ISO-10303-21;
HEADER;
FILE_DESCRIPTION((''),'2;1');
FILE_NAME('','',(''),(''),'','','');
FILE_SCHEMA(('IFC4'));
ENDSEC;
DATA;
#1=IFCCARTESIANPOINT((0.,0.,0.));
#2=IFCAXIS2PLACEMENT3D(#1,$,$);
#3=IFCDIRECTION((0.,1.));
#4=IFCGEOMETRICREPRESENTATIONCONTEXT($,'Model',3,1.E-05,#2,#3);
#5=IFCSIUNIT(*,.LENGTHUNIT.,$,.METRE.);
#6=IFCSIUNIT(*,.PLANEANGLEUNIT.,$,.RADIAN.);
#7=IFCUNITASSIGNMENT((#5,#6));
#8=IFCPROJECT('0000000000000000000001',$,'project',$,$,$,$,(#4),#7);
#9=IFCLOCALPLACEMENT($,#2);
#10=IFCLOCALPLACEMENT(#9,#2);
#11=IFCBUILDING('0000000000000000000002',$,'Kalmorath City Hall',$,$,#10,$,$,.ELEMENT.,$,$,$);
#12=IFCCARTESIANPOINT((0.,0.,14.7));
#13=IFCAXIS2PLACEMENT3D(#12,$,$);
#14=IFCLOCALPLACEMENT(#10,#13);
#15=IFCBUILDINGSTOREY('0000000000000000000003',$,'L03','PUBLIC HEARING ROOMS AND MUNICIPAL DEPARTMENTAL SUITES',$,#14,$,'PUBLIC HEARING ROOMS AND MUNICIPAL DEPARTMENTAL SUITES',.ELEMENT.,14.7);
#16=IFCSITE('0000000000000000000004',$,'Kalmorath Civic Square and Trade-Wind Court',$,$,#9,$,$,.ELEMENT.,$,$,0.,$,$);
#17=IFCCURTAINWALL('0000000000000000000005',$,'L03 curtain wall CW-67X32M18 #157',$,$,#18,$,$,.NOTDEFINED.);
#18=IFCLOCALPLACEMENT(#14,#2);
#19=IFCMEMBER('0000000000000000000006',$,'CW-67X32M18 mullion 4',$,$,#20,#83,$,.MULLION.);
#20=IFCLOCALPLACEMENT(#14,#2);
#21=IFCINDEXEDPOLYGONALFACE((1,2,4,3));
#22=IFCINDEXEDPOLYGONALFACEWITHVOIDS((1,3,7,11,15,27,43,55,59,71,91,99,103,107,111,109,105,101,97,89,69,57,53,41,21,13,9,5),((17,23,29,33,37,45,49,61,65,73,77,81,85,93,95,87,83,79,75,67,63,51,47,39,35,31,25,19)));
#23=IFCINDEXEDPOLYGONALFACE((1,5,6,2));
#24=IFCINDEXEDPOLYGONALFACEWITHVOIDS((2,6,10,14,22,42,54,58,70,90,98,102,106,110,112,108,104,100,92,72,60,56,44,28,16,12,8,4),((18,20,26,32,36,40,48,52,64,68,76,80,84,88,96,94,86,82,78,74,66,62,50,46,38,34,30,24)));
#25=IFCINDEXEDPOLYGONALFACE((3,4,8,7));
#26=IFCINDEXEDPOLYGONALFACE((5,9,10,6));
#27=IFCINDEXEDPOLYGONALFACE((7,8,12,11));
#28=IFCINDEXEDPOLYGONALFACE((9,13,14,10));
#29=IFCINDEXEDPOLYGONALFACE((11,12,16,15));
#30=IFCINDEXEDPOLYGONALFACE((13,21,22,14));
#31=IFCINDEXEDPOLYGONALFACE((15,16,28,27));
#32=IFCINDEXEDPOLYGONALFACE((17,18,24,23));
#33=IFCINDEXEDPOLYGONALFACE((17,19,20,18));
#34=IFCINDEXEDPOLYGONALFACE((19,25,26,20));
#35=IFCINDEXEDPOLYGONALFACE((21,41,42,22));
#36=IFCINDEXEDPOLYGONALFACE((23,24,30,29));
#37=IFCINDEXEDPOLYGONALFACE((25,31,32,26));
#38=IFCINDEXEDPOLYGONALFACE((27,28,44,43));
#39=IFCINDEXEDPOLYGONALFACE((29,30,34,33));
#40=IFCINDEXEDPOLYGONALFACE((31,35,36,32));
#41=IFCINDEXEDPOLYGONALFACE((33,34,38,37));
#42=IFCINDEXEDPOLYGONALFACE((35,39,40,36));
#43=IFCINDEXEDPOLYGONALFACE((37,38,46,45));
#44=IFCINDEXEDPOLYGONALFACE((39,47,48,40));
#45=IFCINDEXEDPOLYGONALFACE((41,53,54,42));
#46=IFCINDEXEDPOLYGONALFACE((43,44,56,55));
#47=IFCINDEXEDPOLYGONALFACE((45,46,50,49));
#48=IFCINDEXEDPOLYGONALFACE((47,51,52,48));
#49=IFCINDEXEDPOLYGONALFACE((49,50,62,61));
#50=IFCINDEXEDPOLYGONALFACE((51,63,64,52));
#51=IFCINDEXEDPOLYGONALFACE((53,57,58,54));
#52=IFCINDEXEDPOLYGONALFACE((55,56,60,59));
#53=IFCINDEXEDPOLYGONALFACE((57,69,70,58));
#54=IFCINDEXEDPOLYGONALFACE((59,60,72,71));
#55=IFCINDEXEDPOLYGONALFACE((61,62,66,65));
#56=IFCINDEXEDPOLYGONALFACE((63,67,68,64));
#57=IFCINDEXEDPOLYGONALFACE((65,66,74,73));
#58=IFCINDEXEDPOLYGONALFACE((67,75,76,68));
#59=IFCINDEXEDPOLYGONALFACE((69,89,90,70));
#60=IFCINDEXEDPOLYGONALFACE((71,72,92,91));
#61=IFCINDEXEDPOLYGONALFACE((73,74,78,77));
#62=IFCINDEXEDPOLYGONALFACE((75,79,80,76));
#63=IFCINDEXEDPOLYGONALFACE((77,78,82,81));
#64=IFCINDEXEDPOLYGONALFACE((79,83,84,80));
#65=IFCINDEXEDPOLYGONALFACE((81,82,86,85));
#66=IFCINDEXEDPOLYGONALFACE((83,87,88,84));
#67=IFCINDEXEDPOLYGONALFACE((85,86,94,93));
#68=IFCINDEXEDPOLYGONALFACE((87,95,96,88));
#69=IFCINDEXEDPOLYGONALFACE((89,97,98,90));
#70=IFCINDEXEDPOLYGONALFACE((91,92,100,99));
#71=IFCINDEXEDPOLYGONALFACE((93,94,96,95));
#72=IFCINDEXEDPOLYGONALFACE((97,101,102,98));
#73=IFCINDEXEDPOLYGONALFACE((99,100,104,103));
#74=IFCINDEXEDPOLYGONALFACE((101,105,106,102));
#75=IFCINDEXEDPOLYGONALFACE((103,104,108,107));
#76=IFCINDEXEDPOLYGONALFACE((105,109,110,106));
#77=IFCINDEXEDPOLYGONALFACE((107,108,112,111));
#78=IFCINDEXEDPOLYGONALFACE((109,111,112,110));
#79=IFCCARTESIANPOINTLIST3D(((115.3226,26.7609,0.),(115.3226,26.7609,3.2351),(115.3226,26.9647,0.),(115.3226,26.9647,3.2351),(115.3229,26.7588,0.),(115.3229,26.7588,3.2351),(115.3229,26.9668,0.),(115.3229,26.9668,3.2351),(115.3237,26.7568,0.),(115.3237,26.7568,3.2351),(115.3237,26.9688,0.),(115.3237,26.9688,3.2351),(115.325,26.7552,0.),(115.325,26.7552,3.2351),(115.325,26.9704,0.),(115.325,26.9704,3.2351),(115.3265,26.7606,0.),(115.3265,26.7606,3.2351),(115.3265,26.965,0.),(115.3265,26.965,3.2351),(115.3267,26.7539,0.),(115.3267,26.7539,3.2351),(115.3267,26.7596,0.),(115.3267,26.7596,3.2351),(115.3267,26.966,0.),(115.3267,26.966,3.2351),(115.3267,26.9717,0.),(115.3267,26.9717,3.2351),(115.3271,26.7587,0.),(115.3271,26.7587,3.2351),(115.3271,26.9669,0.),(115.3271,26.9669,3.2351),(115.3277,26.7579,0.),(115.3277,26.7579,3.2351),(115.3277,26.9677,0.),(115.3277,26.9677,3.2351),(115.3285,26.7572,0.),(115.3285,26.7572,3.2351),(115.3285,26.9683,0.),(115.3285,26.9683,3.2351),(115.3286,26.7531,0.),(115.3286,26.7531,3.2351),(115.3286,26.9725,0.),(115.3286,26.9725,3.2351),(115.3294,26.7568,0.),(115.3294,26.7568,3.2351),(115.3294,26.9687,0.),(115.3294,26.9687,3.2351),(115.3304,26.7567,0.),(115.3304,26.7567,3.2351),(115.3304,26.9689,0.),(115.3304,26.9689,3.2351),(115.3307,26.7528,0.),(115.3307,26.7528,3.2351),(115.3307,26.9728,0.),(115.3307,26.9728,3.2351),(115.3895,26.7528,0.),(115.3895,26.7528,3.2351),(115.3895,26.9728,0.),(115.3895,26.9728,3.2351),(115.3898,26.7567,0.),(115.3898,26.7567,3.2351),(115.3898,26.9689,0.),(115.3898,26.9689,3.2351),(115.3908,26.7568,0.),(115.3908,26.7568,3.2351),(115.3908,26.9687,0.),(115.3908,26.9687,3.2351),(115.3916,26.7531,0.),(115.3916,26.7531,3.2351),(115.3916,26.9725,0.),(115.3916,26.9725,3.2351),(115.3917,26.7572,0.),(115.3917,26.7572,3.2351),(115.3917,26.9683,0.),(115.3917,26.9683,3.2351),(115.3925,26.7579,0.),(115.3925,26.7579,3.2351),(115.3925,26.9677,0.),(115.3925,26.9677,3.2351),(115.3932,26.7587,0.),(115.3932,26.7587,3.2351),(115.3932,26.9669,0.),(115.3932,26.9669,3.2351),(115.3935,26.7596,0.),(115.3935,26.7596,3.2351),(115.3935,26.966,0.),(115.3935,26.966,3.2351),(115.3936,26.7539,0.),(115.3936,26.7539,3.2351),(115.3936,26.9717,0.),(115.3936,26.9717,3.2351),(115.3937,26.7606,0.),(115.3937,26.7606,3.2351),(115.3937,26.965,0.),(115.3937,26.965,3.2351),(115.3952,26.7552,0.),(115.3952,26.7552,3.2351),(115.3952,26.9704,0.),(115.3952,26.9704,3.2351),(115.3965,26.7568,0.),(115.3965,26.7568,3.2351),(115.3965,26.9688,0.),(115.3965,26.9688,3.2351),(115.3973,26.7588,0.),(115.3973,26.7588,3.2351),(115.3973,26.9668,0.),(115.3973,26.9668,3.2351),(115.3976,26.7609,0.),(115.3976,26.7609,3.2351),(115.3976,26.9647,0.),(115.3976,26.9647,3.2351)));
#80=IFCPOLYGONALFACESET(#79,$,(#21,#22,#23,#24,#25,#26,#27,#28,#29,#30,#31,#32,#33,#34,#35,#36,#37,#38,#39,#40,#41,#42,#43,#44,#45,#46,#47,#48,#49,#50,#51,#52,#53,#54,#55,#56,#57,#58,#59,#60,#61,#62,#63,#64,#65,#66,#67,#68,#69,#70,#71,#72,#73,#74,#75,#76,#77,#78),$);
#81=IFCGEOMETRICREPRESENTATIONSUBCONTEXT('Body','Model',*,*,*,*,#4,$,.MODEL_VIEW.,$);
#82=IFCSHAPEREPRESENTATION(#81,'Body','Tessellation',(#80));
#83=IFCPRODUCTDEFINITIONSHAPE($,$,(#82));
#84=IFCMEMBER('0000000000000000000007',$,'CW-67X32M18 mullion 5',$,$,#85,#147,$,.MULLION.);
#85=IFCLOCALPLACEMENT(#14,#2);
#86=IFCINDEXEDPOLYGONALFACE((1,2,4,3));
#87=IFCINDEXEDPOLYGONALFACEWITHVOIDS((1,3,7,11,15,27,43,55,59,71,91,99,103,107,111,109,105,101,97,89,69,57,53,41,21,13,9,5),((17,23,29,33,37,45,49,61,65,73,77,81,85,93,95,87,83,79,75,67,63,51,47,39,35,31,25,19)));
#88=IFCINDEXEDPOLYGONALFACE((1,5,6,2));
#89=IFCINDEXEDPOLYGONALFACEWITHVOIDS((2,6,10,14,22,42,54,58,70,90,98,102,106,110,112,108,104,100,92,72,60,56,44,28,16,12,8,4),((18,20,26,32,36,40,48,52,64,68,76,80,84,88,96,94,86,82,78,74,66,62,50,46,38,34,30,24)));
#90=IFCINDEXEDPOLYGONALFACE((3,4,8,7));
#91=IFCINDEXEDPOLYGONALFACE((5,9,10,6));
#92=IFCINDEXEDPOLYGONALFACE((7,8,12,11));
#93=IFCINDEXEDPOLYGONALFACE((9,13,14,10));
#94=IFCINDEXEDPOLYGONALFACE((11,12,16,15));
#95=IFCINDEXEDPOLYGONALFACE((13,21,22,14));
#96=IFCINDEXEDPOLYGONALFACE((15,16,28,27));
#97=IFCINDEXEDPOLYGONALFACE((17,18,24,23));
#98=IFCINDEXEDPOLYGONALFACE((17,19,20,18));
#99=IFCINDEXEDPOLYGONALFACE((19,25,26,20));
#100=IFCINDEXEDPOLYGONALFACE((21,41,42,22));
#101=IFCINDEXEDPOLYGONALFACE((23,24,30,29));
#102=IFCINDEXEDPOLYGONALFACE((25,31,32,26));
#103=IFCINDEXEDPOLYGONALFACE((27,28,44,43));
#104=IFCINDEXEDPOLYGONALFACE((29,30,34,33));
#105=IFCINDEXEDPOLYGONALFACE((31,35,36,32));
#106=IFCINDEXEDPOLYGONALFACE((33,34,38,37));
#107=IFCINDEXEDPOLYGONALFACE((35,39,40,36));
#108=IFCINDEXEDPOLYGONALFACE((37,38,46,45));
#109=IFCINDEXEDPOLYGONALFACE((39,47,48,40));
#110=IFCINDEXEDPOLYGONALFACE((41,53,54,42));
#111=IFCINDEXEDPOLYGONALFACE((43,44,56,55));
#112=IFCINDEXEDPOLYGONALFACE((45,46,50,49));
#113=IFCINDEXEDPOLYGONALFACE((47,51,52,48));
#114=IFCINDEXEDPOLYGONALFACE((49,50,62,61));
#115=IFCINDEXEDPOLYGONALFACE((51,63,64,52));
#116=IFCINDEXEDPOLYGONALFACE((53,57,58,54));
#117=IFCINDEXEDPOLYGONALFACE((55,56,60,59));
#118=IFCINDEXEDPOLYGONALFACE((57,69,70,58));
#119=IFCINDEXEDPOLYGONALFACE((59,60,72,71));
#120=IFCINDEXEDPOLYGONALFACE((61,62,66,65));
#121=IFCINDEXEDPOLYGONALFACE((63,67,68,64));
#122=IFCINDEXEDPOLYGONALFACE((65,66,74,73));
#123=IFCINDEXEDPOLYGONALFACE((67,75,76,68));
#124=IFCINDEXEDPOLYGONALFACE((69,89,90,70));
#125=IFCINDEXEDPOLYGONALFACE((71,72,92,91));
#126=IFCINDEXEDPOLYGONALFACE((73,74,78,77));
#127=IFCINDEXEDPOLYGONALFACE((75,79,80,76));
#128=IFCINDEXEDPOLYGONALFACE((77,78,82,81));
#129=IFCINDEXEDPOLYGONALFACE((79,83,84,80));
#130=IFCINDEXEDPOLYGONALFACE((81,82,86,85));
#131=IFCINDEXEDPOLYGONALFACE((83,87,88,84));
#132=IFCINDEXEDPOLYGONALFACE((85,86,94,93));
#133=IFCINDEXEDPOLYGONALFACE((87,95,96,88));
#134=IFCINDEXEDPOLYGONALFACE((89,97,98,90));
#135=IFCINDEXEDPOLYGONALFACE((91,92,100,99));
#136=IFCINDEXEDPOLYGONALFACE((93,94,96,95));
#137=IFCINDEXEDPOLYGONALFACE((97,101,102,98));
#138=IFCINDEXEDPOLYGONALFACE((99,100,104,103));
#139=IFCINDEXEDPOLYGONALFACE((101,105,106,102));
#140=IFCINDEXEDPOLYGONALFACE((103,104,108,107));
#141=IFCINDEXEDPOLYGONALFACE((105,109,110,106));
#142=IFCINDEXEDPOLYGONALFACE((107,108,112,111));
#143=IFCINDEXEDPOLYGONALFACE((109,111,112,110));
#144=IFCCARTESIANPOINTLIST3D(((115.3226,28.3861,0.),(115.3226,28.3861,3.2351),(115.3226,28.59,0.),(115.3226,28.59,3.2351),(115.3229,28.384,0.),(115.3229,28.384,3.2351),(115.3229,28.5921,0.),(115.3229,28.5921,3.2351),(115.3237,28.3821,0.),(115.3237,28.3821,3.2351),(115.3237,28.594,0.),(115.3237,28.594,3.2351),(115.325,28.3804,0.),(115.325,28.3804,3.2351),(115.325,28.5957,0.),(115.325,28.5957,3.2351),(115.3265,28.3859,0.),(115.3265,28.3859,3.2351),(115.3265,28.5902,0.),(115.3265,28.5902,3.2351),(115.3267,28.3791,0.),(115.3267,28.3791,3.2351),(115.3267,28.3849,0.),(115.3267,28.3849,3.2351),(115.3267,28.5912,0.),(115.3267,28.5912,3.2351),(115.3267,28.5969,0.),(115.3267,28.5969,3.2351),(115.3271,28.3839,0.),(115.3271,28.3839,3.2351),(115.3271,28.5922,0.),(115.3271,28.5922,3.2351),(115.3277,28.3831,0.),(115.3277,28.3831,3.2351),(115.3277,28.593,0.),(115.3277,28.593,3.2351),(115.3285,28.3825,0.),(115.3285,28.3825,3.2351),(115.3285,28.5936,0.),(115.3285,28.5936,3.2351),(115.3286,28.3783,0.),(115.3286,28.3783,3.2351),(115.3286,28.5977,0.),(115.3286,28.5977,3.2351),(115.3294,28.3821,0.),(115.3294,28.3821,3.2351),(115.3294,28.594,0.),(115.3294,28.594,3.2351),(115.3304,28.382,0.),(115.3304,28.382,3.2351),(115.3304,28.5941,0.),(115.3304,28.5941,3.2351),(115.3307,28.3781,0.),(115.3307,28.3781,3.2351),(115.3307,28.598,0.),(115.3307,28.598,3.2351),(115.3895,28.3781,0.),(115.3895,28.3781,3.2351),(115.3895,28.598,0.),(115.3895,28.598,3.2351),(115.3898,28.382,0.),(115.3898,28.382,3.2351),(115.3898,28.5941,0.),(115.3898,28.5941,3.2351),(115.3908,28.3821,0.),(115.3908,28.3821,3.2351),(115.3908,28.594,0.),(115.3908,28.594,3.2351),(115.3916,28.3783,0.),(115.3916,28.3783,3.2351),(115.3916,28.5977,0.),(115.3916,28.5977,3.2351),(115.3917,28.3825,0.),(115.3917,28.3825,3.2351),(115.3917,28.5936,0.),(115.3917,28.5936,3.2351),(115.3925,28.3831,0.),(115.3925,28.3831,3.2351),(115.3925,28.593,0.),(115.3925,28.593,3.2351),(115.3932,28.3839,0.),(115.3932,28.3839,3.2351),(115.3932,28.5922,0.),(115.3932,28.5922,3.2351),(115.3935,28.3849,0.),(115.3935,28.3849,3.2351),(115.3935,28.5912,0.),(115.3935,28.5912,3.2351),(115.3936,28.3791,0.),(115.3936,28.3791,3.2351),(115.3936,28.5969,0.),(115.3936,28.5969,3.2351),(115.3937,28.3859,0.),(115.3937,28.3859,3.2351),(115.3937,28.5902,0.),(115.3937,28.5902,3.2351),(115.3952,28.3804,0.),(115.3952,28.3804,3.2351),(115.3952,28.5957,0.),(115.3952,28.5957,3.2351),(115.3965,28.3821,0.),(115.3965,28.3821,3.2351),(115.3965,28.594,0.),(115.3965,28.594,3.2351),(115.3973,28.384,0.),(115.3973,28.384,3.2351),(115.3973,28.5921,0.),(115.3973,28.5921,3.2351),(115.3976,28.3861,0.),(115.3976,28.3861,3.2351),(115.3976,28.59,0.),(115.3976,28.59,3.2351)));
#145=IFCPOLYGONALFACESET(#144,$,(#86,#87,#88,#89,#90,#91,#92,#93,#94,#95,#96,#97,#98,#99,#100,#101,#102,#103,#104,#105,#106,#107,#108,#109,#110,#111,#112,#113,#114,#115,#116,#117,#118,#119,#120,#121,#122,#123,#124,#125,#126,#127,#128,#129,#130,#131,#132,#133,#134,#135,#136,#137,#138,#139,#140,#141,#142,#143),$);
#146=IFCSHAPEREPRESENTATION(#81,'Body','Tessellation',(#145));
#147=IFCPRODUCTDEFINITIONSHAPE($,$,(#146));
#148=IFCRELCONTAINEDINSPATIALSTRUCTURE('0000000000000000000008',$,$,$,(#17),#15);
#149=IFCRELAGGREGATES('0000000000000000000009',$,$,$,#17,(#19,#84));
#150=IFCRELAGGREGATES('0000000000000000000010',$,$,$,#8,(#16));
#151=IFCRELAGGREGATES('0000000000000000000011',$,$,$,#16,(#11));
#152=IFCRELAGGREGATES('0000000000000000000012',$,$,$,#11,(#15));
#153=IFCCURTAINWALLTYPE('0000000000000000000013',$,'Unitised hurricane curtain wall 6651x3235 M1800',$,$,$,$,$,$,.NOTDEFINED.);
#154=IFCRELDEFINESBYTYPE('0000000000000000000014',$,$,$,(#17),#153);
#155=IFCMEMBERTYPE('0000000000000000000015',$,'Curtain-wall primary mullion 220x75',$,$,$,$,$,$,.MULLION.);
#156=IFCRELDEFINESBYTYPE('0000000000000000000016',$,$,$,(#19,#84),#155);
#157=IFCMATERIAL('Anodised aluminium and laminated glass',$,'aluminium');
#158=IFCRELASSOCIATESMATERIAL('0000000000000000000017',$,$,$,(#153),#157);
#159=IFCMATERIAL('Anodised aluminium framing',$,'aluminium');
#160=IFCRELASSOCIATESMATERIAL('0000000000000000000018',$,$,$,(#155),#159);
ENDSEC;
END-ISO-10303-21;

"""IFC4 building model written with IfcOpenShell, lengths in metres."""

from ifc_helpers import new_model, si_unit, direction, frame, origin, origin_2d, place, context, subcontext, project, spatial, hollow_rectangle, extrude, material, material_profile, profile_set, type_object, element, aggregate, save


model = new_model("IFC4")

# Units and contexts
model_context = context("Model", 3, precision=1e-05, world=origin(), true_north=direction((0.0, 1.0)))
body_context = subcontext(model_context, "Body", "Model", "MODEL_VIEW")
ifc_project = project(units=[si_unit("LENGTHUNIT", "METRE"), si_unit("PLANEANGLEUNIT", "RADIAN")], contexts=[model_context])

# Site, building, storey
site_placement = place(None, origin())
site = spatial("IfcSite", under=ifc_project, at=site_placement, Name="Kalmorath Civic Square and Trade-Wind Court", CompositionType="ELEMENT", RefElevation=0.0)
building_placement = place(site_placement, origin())
building = spatial("IfcBuilding", under=site, at=building_placement, Name="Kalmorath City Hall", CompositionType="ELEMENT")
storey_placement = place(building_placement, frame((0.0, 0.0, 14.7)))
storey = spatial("IfcBuildingStorey", under=building, at=storey_placement, Name="L03", Description="PUBLIC HEARING ROOMS AND MUNICIPAL DEPARTMENTAL SUITES", LongName="PUBLIC HEARING ROOMS AND MUNICIPAL DEPARTMENTAL SUITES", CompositionType="ELEMENT", Elevation=14.7)

# Curtain wall, members
ifc_material_1 = material(Name="Anodised aluminium and laminated glass", Category="aluminium")
curtain_wall_type_1 = type_object("IfcCurtainWallType", Name="Unitised hurricane curtain wall 6651x3235 M1800", PredefinedType="NOTDEFINED", material=ifc_material_1)
curtain_wall_1_placement = place(storey_placement, origin())
curtain_wall_1 = element("IfcCurtainWall", 1, at=curtain_wall_1_placement, inside=storey, type_object=curtain_wall_type_1, Name="L03 curtain wall CW-67X32M18 #157", PredefinedType="NOTDEFINED")
ifc_material_2 = material(Name="Anodised aluminium framing", Category="aluminium")
ifc_material_profile_1 = material_profile(ifc_material_2, hollow_rectangle(XDim=0.075, YDim=0.22, WallThickness=0.0039, InnerFilletRadius=0.0039, OuterFilletRadius=0.0081, at=origin_2d()), Name="ALU-MUL-220X75X4")
ifc_profile_set_1 = profile_set([ifc_material_profile_1], Name="Anodised aluminium framing")
member_type_1 = type_object("IfcMemberType", Name="Curtain-wall primary mullion 220x75", PredefinedType="MULLION", material=ifc_profile_set_1)
member_1_placement = place(storey_placement, frame((115.3601, 26.8628, 0.0), z_axis=(0.0, 0.0, 1.0), x_axis=(-1.0, 0.0, 0.0)))
member_1 = element("IfcMember", 2, at=member_1_placement, type_object=member_type_1, Name="CW-67X32M18 mullion 4", PredefinedType="MULLION", context=body_context, shape_type="SweptSolid", body=[
    extrude(hollow_rectangle(XDim=0.075, YDim=0.22, WallThickness=0.0039, InnerFilletRadius=0.0039, OuterFilletRadius=0.0081, at=origin_2d()), origin(), (0.0, 0.0, 1.0), 3.2351),
])
member_2_placement = place(storey_placement, frame((115.3601, 28.488, 0.0), z_axis=(0.0, 0.0, 1.0), x_axis=(-1.0, 0.0, 0.0)))
member_2 = element("IfcMember", 3, at=member_2_placement, type_object=member_type_1, Name="CW-67X32M18 mullion 5", PredefinedType="MULLION", context=body_context, shape_type="SweptSolid", body=[
    extrude(hollow_rectangle(XDim=0.075, YDim=0.22, WallThickness=0.0039, InnerFilletRadius=0.0039, OuterFilletRadius=0.0081, at=origin_2d()), origin(), (0.0, 0.0, 1.0), 3.2351),
])

aggregate(curtain_wall_1, [member_1, member_2])

save(model, "model.ifc")
